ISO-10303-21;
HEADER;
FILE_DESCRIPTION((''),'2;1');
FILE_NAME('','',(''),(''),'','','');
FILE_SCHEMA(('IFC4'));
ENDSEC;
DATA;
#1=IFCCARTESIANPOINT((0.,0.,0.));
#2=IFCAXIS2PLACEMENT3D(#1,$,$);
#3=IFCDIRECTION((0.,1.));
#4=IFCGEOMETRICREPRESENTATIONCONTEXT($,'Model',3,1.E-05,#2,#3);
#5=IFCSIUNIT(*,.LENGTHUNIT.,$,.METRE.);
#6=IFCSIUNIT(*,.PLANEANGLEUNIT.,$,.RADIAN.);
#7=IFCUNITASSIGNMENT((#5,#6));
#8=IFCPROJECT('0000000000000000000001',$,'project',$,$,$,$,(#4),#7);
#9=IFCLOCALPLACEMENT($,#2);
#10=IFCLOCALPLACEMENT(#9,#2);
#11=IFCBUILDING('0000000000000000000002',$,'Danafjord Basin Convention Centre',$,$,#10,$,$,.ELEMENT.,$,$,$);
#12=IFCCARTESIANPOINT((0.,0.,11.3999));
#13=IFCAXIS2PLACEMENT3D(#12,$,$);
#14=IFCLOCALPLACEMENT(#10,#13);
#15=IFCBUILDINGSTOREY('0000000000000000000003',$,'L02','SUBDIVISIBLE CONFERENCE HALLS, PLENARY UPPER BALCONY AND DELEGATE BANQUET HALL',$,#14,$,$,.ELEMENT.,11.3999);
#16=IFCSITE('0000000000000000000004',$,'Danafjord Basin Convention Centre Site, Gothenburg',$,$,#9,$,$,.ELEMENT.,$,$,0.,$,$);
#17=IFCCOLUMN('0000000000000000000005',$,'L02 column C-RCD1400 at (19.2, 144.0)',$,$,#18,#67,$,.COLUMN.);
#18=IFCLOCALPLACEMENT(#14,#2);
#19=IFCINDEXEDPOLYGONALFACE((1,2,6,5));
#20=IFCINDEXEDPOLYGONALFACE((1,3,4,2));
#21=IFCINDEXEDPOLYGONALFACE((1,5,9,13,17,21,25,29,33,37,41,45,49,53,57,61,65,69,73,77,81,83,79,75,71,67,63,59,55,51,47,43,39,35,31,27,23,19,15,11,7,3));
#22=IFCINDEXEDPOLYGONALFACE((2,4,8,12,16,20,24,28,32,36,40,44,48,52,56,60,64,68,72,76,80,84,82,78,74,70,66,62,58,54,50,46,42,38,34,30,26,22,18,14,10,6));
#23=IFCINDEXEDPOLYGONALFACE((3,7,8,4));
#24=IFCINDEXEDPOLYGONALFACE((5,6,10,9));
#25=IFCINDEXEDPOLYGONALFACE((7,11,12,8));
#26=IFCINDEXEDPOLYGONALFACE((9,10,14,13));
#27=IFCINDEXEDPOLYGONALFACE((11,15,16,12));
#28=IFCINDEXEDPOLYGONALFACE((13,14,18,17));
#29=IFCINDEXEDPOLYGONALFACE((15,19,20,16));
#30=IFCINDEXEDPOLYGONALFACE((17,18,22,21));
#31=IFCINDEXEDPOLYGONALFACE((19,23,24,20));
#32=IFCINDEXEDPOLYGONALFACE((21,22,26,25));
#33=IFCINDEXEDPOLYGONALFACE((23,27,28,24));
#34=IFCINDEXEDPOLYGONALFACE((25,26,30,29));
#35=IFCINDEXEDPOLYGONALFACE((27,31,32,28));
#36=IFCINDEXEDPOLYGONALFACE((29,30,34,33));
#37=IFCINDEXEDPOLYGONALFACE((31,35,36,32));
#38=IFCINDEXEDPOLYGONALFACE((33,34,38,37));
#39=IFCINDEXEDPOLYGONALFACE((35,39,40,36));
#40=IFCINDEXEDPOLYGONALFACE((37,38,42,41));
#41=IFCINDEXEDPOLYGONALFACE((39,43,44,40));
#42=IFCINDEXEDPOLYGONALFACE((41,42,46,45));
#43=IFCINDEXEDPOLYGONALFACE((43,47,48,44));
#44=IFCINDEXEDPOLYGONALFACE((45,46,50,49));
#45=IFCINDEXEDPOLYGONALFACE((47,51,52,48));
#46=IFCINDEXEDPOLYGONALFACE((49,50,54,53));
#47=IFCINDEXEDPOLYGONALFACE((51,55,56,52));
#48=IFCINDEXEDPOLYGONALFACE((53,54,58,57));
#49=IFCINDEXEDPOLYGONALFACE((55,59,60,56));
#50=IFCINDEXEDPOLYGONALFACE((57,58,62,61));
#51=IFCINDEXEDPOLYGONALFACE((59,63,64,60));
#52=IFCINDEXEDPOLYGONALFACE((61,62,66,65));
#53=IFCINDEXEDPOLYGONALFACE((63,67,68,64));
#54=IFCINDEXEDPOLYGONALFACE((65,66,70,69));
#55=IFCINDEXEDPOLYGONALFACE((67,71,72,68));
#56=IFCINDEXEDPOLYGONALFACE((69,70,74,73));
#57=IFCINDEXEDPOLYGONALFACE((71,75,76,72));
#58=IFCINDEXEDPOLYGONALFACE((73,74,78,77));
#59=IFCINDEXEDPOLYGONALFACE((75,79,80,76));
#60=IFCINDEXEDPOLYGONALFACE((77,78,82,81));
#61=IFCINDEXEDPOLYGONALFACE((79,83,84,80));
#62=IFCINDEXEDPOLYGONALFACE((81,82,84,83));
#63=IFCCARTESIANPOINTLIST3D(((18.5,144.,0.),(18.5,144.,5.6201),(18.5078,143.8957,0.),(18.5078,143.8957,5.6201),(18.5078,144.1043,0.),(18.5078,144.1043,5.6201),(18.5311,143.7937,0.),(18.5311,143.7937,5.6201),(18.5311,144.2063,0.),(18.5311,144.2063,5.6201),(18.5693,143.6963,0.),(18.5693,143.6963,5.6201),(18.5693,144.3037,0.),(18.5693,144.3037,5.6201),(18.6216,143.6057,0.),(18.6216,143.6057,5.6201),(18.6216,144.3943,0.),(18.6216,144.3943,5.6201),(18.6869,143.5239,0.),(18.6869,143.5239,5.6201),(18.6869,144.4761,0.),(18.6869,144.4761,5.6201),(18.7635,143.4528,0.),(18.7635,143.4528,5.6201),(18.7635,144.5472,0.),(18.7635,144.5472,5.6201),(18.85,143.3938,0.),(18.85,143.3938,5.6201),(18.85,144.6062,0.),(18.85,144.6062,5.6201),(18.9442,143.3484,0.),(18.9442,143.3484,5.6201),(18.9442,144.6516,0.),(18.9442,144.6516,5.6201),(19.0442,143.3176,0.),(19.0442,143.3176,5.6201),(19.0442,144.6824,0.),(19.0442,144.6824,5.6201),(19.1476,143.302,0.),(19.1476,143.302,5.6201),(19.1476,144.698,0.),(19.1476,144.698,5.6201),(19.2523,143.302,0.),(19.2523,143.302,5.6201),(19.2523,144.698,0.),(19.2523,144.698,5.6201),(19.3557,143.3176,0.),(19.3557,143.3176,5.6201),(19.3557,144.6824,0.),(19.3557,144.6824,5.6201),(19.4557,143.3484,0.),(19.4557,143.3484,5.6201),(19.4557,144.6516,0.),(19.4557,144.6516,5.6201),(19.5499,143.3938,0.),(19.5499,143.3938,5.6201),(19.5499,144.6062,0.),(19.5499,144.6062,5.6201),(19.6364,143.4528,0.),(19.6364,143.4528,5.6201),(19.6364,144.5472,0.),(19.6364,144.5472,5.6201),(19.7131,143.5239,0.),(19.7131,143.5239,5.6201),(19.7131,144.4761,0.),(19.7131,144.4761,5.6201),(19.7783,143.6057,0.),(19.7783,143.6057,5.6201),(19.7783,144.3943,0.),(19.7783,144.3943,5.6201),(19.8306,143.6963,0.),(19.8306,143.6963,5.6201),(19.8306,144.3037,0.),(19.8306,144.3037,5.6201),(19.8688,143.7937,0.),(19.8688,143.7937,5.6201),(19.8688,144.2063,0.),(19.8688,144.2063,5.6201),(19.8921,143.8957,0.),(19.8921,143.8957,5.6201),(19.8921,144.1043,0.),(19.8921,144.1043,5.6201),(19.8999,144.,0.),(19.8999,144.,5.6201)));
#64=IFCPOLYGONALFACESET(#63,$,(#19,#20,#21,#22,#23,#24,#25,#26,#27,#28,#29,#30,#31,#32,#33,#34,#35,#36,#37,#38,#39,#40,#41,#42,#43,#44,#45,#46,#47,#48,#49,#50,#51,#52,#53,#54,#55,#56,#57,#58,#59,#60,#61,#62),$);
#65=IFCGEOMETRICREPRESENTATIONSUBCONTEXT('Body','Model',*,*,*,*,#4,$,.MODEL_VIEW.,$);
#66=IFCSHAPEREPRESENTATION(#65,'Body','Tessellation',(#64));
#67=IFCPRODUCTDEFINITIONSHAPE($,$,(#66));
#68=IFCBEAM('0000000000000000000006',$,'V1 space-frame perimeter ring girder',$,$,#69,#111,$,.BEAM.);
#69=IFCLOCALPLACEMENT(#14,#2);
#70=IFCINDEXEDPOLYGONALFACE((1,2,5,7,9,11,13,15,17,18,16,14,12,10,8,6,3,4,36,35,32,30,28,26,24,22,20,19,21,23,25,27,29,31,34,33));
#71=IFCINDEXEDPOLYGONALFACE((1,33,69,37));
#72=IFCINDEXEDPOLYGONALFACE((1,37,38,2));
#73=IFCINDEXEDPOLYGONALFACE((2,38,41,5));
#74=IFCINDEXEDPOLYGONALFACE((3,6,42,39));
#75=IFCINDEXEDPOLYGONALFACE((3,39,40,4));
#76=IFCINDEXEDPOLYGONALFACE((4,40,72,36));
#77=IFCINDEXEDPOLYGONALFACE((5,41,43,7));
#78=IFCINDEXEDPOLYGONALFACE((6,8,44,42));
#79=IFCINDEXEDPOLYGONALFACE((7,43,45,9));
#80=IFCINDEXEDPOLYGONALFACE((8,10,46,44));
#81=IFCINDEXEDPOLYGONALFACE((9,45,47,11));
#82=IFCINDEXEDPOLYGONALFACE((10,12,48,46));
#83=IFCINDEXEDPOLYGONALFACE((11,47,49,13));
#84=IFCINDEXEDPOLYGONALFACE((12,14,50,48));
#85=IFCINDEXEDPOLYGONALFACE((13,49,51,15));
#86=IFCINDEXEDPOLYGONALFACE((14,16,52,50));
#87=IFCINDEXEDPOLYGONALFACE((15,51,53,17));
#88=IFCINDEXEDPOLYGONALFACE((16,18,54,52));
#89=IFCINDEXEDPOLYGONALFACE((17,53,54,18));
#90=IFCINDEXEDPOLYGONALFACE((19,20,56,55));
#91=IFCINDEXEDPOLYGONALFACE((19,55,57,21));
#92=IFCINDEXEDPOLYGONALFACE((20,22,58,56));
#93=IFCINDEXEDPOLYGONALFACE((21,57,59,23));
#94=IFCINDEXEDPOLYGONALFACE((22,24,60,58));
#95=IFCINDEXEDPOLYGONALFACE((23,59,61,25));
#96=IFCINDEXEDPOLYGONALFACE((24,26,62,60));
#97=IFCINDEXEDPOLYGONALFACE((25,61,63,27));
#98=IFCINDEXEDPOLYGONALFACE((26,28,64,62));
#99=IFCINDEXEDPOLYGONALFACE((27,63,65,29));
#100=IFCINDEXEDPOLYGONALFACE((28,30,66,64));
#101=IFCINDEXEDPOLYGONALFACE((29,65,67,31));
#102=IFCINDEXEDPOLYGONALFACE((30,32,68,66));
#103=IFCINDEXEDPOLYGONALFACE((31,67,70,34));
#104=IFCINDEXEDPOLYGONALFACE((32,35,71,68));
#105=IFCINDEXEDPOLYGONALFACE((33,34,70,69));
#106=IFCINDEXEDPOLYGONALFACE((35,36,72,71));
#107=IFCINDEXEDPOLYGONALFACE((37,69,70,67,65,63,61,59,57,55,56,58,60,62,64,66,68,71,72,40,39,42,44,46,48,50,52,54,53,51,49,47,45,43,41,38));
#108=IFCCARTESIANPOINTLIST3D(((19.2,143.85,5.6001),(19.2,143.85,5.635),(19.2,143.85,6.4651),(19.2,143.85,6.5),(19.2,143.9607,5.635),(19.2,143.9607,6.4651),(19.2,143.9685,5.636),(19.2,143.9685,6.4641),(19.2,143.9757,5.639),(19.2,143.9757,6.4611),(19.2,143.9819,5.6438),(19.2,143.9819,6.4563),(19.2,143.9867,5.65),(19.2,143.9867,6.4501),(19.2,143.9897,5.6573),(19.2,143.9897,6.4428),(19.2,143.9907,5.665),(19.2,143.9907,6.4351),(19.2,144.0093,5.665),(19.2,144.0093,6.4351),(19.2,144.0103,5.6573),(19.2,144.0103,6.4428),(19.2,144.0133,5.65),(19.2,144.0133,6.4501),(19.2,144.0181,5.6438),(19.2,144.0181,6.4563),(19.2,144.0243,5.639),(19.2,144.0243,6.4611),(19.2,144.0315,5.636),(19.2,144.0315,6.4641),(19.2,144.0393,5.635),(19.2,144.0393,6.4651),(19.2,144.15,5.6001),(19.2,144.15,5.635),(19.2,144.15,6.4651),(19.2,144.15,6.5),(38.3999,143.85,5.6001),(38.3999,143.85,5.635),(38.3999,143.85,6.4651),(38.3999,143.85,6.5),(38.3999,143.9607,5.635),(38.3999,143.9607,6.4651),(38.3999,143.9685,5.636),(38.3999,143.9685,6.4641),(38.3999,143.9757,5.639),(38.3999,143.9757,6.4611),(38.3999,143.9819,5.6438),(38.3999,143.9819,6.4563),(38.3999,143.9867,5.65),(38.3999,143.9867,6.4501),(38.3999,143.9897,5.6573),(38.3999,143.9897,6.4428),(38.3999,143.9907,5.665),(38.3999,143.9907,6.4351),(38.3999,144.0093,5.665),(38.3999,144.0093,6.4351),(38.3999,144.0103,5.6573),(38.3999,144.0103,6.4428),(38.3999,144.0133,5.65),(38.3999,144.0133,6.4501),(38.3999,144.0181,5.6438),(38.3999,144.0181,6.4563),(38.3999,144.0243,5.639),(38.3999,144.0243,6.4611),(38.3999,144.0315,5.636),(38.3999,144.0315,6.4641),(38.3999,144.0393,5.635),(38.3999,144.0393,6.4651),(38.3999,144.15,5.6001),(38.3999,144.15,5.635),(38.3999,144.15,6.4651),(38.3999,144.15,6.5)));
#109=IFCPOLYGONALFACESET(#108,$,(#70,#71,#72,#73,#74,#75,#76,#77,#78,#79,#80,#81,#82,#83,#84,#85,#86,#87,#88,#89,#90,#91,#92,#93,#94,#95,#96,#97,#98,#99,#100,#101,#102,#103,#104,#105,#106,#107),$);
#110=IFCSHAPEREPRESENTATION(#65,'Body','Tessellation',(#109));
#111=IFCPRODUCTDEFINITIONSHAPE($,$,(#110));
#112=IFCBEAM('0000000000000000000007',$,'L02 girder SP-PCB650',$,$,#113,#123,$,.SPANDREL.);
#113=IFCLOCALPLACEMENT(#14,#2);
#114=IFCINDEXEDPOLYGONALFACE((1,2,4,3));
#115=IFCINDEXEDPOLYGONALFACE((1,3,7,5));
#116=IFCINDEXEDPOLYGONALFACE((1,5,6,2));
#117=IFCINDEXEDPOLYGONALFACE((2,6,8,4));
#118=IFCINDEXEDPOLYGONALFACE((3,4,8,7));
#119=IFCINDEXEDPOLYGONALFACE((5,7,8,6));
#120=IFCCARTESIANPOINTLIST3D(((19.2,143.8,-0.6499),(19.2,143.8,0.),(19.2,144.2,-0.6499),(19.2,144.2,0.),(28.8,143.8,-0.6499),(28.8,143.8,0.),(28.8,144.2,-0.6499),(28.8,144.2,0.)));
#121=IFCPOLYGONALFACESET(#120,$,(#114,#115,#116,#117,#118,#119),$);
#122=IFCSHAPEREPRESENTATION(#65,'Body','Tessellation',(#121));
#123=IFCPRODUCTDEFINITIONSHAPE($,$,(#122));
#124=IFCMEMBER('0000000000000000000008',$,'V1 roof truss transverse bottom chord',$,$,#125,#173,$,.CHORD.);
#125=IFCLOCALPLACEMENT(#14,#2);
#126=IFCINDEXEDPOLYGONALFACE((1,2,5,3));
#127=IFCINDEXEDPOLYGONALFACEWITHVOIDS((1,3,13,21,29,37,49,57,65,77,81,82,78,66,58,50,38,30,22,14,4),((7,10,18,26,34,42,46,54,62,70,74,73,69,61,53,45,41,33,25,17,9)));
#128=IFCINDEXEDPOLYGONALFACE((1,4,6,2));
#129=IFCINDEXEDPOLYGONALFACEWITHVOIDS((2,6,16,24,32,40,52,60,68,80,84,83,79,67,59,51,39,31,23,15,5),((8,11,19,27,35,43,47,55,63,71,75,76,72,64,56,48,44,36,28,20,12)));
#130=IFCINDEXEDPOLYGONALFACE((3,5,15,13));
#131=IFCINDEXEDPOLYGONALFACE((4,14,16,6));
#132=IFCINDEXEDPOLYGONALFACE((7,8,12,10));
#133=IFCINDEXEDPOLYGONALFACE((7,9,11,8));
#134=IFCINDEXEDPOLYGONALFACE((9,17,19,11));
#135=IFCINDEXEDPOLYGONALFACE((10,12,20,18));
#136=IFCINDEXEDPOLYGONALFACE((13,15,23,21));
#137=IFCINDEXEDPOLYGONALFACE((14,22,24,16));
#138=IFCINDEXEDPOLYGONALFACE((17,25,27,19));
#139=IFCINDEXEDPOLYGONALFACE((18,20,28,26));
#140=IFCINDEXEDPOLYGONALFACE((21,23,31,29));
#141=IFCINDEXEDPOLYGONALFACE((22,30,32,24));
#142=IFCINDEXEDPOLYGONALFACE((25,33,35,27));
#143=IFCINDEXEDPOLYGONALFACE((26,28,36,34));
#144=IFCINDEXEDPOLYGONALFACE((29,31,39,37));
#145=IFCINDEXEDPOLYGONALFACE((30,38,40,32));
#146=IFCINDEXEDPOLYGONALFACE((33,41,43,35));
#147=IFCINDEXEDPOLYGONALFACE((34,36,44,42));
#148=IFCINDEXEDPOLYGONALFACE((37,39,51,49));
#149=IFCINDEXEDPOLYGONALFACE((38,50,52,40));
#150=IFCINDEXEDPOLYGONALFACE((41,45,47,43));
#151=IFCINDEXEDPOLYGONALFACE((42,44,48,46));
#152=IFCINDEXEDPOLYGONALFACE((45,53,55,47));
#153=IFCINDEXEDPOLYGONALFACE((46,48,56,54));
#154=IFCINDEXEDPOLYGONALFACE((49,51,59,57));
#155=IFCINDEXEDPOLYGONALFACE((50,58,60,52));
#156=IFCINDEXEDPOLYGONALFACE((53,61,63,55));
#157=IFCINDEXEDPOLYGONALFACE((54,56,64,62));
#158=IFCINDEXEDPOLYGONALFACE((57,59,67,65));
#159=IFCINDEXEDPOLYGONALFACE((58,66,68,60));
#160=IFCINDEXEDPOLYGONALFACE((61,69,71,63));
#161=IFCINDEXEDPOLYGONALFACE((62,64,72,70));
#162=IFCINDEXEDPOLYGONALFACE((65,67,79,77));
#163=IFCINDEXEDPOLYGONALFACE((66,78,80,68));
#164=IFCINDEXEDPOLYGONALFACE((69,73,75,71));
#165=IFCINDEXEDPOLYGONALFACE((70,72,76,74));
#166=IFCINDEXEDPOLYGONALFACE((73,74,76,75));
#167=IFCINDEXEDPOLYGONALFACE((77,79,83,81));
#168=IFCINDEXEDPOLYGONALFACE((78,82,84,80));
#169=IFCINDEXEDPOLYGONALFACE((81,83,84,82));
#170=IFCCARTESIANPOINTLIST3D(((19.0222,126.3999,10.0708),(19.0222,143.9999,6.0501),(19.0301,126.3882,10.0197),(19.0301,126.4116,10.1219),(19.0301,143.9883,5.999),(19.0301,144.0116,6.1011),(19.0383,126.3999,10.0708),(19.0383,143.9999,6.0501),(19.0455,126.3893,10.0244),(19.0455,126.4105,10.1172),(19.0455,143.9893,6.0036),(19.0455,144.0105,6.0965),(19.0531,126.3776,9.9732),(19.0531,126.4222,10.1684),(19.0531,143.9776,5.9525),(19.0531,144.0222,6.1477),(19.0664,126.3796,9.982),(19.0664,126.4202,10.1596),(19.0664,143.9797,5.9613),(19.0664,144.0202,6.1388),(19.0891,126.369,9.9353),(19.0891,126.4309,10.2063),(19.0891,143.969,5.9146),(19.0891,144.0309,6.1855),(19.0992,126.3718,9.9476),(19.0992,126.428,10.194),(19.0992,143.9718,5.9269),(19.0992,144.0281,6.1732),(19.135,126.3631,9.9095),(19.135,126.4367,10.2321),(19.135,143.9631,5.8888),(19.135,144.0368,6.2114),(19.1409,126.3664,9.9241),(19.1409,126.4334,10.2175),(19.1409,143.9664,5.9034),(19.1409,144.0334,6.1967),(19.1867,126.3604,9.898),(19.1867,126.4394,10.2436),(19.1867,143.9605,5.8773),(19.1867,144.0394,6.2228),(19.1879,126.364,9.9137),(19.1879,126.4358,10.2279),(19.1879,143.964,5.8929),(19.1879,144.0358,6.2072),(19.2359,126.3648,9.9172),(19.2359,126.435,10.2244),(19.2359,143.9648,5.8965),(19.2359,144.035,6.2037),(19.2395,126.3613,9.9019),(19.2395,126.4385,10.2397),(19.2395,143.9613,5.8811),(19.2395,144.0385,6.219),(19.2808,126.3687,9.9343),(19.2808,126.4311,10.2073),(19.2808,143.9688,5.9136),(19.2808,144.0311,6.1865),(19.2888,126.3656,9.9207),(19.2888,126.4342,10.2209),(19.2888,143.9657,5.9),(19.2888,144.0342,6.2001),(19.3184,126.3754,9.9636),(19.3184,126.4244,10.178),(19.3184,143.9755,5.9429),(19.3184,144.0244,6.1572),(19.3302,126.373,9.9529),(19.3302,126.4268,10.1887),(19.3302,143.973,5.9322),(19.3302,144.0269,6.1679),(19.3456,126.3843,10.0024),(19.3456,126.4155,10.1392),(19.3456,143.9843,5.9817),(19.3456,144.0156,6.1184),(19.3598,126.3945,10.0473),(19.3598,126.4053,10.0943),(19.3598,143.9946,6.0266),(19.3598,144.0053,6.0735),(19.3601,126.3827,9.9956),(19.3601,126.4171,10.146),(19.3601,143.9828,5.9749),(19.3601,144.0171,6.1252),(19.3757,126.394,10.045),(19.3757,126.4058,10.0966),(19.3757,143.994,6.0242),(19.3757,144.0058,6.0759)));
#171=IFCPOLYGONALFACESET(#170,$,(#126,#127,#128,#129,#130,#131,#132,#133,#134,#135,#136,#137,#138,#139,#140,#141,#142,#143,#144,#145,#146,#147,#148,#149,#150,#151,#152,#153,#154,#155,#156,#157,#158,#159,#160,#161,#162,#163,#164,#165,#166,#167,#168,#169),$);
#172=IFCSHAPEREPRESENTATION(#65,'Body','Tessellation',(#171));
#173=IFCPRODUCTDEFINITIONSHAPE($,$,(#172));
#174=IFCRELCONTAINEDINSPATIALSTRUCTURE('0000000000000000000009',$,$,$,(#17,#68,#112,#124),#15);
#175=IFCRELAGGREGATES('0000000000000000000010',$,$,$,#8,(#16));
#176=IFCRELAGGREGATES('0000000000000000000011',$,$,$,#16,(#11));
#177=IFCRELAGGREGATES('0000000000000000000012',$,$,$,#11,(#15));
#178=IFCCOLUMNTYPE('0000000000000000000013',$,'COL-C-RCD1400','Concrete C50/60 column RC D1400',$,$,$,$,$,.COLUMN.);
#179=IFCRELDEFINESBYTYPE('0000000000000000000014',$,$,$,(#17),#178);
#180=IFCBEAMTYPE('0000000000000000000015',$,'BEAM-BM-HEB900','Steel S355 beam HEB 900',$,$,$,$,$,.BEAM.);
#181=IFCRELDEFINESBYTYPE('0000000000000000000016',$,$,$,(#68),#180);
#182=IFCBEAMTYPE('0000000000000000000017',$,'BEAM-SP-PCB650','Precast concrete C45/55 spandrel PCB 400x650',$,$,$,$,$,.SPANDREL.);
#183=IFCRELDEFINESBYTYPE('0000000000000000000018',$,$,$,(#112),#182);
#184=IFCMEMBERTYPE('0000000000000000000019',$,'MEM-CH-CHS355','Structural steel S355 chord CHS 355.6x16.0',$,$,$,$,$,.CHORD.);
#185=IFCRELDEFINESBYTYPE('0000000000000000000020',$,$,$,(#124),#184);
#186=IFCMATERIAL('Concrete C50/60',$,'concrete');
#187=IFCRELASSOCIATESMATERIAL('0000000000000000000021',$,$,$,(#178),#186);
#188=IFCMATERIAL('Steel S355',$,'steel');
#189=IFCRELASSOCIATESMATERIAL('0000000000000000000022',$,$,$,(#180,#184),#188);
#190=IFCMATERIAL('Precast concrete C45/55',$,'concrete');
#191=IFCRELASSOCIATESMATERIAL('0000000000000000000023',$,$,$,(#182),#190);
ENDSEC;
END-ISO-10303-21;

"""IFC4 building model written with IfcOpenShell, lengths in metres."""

from ifc_helpers import new_model, si_unit, direction, frame, origin, origin_2d, place, context, subcontext, project, spatial, rectangle, circle, hollow_circle, i_section, extrude, material, material_profile, profile_set, type_object, element, save


model = new_model("IFC4")

# Units and contexts
model_context = context("Model", 3, precision=1e-05, world=origin(), true_north=direction((0.0, 1.0)))
body_context = subcontext(model_context, "Body", "Model", "MODEL_VIEW")
ifc_project = project(units=[si_unit("LENGTHUNIT", "METRE"), si_unit("PLANEANGLEUNIT", "RADIAN")], contexts=[model_context])

# Site, building, storey
site_placement = place(None, origin())
site = spatial("IfcSite", under=ifc_project, at=site_placement, Name="Danafjord Basin Convention Centre Site, Gothenburg", CompositionType="ELEMENT", RefElevation=0.0)
building_placement = place(site_placement, origin())
building = spatial("IfcBuilding", under=site, at=building_placement, Name="Danafjord Basin Convention Centre", CompositionType="ELEMENT")
storey_placement = place(building_placement, frame((0.0, 0.0, 11.3999)))
storey = spatial("IfcBuildingStorey", under=building, at=storey_placement, Name="L02", Description="SUBDIVISIBLE CONFERENCE HALLS, PLENARY UPPER BALCONY AND DELEGATE BANQUET HALL", CompositionType="ELEMENT", Elevation=11.3999)

# Column
ifc_material_1 = material(Name="Concrete C50/60", Category="concrete")
ifc_material_profile_1 = material_profile(ifc_material_1, circle(Radius=0.7, at=origin_2d()), Name="RC D1400")
ifc_profile_set_1 = profile_set([ifc_material_profile_1], Name="Concrete C50/60")
column_type = type_object("IfcColumnType", Name="COL-C-RCD1400", Description="Concrete C50/60 column RC D1400", PredefinedType="COLUMN", material=ifc_profile_set_1)
column_placement = place(storey_placement, frame((19.2, 144.0, 0.0), z_axis=(0.0, 0.0, 1.0), x_axis=(1.0, 0.0, 0.0)))
element("IfcColumn", 1, at=column_placement, inside=storey, type_object=column_type, Name="L02 column C-RCD1400 at (19.2, 144.0)", PredefinedType="COLUMN", context=body_context, shape_type="SweptSolid", body=[
    extrude(circle(Radius=0.7, at=origin_2d()), origin(), (0.0, 0.0, 1.0), 5.6201),
])

# Beams
ifc_material_2 = material(Name="Steel S355", Category="steel")
ifc_material_profile_2 = material_profile(ifc_material_2, i_section(OverallWidth=0.3, OverallDepth=0.8999, WebThickness=0.0186, FlangeThickness=0.0349, FilletRadius=0.03, at=origin_2d()), Name="HEB 900")
ifc_profile_set_2 = profile_set([ifc_material_profile_2], Name="Steel S355")
beam_type_1 = type_object("IfcBeamType", Name="BEAM-BM-HEB900", Description="Steel S355 beam HEB 900", PredefinedType="BEAM", material=ifc_profile_set_2)
beam_1_placement = place(storey_placement, frame((19.2, 144.0, 6.05), z_axis=(1.0, 0.0, 0.0), x_axis=(0.0, 1.0, 0.0)))
element("IfcBeam", 2, at=beam_1_placement, inside=storey, type_object=beam_type_1, Name="V1 space-frame perimeter ring girder", PredefinedType="BEAM", context=body_context, shape_type="SweptSolid", body=[
    extrude(i_section(OverallWidth=0.3, OverallDepth=0.8999, WebThickness=0.0186, FlangeThickness=0.0349, FilletRadius=0.03, at=origin_2d()), origin(), (0.0, 0.0, 1.0), 19.2),
])
ifc_material_3 = material(Name="Precast concrete C45/55", Category="concrete")
ifc_material_profile_3 = material_profile(ifc_material_3, rectangle(XDim=0.3999, YDim=0.6499, at=origin_2d()), Name="PCB 400x650")
ifc_profile_set_3 = profile_set([ifc_material_profile_3], Name="Precast concrete C45/55")
beam_type_2 = type_object("IfcBeamType", Name="BEAM-SP-PCB650", Description="Precast concrete C45/55 spandrel PCB 400x650", PredefinedType="SPANDREL", material=ifc_profile_set_3)
beam_2_placement = place(storey_placement, frame((19.2, 144.0, -0.325), z_axis=(1.0, 0.0, 0.0), x_axis=(0.0, 1.0, 0.0)))
element("IfcBeam", 3, at=beam_2_placement, inside=storey, type_object=beam_type_2, Name="L02 girder SP-PCB650", PredefinedType="SPANDREL", context=body_context, shape_type="SweptSolid", body=[
    extrude(rectangle(XDim=0.3999, YDim=0.6499, at=origin_2d()), origin(), (0.0, 0.0, 1.0), 9.6001),
])

# Member
ifc_material_profile_4 = material_profile(ifc_material_2, hollow_circle(Radius=0.1777, WallThickness=0.0161, at=origin_2d()), Name="CHS 355.6x16.0")
ifc_profile_set_4 = profile_set([ifc_material_profile_4], Name="Steel S355")
member_type_1 = type_object("IfcMemberType", Name="MEM-CH-CHS355", Description="Structural steel S355 chord CHS 355.6x16.0", PredefinedType="CHORD", material=ifc_profile_set_4)
member_1_placement = place(storey_placement, frame((19.2, 126.3999, 10.0708), z_axis=(0.0, 0.974884, -0.222713), x_axis=(-1.0, 0.0, 0.0)))
element("IfcMember", 4, at=member_1_placement, inside=storey, type_object=member_type_1, Name="V1 roof truss transverse bottom chord", PredefinedType="CHORD", context=body_context, shape_type="SweptSolid", body=[
    extrude(hollow_circle(Radius=0.1777, WallThickness=0.0161, at=origin_2d()), origin(), (0.0, 0.0, 1.0), 18.0535),
])

save(model, "model.ifc")
